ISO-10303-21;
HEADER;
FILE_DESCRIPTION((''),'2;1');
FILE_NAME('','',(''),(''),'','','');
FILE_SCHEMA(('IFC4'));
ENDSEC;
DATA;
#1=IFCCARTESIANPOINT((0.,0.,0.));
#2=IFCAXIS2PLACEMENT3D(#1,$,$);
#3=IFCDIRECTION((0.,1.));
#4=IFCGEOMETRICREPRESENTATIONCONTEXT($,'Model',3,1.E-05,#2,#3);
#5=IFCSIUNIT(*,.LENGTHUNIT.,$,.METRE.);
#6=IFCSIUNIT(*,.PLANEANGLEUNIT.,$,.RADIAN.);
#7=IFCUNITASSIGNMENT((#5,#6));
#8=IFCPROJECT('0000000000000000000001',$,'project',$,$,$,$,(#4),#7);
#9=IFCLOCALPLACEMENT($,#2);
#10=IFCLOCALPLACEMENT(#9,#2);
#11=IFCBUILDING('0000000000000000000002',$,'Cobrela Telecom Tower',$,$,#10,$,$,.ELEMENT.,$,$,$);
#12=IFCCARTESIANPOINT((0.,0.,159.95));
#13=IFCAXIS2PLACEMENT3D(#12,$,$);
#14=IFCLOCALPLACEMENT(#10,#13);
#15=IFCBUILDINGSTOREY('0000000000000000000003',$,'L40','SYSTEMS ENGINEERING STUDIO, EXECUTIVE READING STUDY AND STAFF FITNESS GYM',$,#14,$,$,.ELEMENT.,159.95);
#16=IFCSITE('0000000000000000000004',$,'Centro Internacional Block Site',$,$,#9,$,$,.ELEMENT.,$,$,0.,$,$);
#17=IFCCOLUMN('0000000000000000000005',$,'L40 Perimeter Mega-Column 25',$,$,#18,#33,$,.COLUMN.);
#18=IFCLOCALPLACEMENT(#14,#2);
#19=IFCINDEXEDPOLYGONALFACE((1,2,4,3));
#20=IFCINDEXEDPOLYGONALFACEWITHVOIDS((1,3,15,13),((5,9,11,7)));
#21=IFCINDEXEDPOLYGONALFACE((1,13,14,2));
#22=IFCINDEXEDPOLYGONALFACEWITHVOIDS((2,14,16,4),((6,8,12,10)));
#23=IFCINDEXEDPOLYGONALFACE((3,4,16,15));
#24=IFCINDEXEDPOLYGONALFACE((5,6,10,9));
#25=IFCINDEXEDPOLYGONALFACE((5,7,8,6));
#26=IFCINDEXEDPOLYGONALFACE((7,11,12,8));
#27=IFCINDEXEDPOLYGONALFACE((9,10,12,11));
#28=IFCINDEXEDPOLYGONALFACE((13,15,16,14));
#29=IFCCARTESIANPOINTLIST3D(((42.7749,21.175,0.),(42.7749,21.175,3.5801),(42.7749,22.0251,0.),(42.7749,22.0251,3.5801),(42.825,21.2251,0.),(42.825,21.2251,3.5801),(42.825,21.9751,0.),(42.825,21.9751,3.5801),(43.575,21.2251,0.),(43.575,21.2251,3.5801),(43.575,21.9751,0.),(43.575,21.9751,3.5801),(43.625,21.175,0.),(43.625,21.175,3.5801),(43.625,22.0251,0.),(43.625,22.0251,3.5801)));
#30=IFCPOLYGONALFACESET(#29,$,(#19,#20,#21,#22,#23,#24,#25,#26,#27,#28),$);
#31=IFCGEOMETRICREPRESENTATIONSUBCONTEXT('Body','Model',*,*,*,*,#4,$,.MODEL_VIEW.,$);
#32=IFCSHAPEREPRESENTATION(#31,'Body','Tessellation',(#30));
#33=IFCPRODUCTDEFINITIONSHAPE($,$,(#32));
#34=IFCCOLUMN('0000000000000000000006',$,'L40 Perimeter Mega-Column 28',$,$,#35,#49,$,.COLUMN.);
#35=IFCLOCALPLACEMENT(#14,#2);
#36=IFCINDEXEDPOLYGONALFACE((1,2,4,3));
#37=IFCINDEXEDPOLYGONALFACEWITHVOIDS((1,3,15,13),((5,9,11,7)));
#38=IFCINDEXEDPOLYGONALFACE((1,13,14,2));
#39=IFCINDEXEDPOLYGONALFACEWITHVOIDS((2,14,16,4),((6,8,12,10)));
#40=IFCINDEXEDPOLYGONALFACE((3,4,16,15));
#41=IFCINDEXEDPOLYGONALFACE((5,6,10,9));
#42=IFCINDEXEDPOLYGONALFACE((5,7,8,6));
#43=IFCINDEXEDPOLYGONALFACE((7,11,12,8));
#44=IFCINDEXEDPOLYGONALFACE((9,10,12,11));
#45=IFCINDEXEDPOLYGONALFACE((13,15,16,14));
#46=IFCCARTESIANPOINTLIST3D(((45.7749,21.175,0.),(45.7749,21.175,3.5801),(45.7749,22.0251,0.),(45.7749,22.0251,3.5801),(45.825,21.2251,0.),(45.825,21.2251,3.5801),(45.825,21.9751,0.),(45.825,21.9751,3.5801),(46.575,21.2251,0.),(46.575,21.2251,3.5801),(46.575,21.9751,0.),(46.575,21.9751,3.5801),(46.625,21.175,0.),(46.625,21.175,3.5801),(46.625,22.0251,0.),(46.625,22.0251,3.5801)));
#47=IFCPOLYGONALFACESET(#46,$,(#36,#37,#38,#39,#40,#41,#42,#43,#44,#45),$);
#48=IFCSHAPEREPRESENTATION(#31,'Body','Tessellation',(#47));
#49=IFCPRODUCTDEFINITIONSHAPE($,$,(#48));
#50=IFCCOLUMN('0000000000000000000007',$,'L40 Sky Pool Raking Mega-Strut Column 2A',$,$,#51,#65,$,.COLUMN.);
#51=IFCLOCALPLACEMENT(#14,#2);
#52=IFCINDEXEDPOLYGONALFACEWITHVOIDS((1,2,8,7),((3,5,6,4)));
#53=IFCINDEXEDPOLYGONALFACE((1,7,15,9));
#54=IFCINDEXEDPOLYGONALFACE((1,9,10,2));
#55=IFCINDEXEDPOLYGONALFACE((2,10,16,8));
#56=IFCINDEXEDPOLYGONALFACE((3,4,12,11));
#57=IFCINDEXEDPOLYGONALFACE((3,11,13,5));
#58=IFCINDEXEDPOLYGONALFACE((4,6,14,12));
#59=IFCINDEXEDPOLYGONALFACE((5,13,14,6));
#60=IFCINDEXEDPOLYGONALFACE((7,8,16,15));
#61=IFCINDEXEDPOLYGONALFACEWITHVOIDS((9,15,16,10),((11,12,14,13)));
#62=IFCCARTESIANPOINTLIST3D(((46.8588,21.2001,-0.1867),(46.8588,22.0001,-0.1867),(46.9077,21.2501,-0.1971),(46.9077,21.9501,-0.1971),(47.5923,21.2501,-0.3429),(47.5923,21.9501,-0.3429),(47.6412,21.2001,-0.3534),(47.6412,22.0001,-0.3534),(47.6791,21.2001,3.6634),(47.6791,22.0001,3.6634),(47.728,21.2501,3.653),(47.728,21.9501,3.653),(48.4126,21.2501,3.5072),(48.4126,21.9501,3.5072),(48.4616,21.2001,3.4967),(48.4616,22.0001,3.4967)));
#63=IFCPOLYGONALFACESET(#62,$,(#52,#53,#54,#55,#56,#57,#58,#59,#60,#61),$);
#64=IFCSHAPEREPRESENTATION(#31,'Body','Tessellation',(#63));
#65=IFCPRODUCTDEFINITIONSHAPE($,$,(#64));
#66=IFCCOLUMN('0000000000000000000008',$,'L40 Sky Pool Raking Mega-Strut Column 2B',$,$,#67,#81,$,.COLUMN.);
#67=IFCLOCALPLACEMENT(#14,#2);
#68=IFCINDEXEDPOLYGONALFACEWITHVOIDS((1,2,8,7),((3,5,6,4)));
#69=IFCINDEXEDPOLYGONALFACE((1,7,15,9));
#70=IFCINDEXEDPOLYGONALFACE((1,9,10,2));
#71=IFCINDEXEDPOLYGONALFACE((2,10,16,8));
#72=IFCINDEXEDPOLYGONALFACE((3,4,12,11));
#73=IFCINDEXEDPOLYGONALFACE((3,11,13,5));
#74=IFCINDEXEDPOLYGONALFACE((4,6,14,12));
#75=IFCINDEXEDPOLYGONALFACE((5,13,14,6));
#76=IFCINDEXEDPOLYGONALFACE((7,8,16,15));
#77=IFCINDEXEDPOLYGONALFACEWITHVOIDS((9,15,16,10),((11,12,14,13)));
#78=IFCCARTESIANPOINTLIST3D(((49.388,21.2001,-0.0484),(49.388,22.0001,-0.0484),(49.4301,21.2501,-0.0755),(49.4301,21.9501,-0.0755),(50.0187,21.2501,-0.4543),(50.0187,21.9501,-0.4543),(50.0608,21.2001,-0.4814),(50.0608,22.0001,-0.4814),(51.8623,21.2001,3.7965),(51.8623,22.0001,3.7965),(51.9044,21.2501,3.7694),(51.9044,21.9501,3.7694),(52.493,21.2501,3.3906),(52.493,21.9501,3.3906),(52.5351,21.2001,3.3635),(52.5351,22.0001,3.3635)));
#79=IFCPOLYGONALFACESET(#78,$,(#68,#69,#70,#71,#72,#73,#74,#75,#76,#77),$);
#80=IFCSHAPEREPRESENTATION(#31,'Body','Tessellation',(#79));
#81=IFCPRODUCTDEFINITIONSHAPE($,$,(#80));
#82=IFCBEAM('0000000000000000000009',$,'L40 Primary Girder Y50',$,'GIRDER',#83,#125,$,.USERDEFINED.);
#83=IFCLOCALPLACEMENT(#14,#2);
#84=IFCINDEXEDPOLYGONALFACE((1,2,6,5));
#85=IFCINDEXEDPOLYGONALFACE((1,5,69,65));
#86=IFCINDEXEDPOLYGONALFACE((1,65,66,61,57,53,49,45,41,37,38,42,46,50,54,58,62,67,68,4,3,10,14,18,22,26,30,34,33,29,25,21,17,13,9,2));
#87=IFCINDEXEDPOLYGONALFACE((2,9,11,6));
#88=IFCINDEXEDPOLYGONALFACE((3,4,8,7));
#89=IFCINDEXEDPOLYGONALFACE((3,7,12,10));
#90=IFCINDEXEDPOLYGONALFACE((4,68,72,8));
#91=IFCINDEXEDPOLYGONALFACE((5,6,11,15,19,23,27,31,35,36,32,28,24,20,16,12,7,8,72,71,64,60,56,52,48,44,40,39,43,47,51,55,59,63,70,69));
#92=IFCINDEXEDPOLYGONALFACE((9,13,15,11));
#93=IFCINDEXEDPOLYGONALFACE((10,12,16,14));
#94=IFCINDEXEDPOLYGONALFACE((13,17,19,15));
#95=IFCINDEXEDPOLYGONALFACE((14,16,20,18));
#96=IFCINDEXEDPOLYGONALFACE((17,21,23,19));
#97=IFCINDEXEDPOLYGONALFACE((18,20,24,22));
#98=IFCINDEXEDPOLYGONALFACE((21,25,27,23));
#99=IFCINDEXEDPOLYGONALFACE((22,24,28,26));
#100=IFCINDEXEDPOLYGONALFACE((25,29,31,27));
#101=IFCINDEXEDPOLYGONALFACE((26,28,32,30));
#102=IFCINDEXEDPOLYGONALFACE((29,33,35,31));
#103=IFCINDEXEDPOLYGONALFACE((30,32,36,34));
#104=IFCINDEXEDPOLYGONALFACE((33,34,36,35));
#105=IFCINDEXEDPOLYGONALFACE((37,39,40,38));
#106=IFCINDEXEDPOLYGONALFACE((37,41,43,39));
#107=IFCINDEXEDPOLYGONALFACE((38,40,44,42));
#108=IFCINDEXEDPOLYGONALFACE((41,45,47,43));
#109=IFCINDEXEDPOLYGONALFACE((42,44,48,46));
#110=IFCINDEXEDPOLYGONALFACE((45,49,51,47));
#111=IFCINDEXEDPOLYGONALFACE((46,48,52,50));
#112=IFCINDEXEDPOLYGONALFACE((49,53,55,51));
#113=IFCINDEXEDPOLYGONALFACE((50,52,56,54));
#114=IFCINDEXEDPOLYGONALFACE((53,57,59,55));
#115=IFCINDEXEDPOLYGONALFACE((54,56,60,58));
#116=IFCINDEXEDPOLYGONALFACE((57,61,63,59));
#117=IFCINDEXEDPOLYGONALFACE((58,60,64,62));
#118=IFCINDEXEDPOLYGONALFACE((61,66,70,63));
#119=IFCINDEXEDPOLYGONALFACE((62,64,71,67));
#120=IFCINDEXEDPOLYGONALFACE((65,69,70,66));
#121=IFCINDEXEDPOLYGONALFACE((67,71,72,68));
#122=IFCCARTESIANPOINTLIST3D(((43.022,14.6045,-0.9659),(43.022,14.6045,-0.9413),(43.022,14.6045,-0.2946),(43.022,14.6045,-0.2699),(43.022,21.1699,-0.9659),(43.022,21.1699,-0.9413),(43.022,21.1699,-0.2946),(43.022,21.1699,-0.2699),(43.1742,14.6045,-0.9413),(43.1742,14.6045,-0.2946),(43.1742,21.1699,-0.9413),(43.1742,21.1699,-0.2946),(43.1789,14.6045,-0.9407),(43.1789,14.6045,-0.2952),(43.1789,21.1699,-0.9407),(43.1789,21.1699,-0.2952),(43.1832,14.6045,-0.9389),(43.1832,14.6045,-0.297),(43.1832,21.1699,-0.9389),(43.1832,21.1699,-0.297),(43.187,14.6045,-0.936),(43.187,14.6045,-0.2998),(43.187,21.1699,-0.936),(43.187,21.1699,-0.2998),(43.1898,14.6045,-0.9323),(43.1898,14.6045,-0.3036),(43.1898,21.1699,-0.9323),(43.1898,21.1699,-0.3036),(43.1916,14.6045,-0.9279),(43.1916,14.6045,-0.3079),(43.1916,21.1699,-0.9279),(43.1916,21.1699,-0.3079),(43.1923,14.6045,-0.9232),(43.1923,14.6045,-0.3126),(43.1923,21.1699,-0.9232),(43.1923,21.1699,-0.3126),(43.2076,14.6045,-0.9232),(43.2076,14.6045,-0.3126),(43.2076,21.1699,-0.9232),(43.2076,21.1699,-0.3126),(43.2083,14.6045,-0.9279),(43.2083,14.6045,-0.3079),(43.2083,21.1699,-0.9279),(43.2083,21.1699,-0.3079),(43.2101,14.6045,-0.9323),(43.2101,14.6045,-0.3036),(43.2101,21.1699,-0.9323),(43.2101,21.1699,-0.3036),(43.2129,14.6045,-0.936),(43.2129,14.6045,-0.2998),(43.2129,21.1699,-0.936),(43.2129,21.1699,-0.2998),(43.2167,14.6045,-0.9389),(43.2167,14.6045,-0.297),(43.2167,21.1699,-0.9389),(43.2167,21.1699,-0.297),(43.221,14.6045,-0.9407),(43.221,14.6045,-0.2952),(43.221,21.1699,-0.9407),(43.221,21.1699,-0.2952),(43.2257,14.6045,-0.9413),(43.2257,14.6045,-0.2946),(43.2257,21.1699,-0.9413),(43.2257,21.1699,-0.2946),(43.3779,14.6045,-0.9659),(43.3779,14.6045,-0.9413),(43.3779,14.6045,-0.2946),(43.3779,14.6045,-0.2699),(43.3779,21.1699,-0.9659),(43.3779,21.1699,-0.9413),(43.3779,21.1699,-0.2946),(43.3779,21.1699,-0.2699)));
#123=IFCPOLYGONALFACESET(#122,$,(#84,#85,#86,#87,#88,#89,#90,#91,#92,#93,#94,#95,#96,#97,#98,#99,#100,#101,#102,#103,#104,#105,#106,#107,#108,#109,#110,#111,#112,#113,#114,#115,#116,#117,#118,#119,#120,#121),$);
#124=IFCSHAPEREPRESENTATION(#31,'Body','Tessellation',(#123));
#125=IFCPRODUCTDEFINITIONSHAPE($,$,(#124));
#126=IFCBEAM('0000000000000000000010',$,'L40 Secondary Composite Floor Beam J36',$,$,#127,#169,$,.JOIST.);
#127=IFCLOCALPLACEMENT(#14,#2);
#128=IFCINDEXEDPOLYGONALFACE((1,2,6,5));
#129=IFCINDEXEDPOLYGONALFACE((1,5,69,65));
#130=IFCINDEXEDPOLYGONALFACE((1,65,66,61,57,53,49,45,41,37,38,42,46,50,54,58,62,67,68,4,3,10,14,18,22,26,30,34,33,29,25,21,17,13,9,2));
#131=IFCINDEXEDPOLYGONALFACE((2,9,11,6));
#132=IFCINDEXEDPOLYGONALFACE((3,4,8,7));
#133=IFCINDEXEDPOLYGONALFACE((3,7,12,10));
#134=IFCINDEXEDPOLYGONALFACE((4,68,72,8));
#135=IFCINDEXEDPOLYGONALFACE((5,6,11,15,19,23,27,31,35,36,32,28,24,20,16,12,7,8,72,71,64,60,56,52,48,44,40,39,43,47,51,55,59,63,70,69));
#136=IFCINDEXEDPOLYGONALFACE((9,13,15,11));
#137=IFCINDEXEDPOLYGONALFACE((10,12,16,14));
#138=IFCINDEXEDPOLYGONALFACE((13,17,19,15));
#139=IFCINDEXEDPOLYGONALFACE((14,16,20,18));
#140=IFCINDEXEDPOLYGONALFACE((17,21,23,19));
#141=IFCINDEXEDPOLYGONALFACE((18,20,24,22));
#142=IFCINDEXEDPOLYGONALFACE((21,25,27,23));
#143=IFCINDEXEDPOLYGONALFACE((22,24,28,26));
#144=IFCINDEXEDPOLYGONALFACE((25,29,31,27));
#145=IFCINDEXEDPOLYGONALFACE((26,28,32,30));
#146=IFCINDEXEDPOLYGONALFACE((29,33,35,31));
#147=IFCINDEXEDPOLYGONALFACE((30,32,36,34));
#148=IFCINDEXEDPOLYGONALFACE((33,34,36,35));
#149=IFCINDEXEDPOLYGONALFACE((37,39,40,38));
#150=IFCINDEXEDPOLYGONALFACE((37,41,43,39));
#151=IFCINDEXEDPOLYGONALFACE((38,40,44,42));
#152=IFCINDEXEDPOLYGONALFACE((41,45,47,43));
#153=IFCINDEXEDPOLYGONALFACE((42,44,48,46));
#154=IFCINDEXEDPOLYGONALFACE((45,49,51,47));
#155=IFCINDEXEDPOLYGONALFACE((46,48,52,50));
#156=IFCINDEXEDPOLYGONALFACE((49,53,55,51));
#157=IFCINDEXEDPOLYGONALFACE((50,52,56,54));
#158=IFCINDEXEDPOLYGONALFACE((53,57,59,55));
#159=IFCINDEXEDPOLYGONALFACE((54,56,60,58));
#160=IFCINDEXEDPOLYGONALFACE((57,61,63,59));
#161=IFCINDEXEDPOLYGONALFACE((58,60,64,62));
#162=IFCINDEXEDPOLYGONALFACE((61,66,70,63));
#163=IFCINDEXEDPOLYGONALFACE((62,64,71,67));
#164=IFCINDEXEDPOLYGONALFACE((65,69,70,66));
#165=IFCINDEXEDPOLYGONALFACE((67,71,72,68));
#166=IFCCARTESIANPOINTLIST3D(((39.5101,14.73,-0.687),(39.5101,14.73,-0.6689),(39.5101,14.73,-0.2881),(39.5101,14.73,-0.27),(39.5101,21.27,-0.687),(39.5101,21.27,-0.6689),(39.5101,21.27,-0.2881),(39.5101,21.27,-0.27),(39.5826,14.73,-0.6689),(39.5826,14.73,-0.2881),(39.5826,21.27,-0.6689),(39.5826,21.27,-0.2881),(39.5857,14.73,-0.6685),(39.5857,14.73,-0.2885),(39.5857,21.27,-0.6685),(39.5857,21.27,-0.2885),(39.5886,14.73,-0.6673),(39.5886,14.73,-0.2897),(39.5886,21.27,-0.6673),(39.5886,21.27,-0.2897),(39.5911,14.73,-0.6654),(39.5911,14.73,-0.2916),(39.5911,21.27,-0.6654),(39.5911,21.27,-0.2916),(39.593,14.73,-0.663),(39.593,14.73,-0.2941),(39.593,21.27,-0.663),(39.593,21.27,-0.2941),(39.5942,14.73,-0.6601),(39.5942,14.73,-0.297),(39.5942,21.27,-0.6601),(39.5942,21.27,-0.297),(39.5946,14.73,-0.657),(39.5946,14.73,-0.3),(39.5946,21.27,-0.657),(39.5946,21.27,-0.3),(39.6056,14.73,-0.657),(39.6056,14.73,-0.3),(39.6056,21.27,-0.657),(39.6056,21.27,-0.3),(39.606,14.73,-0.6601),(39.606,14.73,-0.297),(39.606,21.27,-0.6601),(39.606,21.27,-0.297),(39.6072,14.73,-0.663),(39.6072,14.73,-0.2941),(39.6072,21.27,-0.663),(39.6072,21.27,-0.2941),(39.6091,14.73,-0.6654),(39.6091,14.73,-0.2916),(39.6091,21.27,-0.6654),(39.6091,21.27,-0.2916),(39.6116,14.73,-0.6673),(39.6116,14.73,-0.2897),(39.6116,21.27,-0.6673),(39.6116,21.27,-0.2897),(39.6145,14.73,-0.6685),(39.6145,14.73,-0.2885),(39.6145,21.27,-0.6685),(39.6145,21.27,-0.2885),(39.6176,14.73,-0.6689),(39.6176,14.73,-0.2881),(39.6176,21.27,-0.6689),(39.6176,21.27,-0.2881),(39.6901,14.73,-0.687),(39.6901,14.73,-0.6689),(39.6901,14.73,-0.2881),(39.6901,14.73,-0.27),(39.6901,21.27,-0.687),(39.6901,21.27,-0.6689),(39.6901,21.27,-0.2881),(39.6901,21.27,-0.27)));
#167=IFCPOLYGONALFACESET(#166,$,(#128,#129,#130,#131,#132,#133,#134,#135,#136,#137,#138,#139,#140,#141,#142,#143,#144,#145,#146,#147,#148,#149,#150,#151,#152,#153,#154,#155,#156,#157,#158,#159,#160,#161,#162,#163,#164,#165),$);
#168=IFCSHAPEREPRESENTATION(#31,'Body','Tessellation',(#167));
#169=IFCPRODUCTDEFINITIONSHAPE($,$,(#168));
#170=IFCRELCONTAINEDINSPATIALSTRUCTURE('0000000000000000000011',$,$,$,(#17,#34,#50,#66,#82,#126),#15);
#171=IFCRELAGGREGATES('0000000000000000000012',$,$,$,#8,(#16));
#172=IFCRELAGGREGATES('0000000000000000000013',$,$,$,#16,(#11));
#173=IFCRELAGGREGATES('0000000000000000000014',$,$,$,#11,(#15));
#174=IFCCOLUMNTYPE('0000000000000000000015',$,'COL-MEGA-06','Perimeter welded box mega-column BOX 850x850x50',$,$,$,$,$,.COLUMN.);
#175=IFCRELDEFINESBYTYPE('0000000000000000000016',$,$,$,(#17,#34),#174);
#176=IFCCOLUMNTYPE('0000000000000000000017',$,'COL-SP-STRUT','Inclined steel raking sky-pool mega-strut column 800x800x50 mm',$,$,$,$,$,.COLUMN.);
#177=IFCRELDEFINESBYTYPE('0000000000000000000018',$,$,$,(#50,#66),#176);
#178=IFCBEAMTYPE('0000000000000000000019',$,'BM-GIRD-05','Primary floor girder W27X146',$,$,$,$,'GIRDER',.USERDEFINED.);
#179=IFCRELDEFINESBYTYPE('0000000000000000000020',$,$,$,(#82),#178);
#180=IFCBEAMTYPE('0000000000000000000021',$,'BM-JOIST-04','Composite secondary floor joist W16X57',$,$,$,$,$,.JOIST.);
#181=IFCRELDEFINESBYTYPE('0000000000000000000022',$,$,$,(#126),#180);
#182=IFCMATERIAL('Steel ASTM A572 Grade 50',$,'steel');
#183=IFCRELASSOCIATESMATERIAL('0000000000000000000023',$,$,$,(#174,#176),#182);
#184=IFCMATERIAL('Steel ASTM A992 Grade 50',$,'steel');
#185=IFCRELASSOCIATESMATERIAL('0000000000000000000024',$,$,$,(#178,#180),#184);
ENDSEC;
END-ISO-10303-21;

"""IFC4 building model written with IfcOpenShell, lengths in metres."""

from ifc_helpers import new_model, si_unit, direction, frame, origin, origin_2d, place, context, subcontext, project, spatial, hollow_rectangle, i_section, extrude, material, material_profile, profile_set, type_object, element, save


model = new_model("IFC4")

# Units and contexts
model_context = context("Model", 3, precision=1e-05, world=origin(), true_north=direction((0.0, 1.0)))
body_context = subcontext(model_context, "Body", "Model", "MODEL_VIEW")
ifc_project = project(units=[si_unit("LENGTHUNIT", "METRE"), si_unit("PLANEANGLEUNIT", "RADIAN")], contexts=[model_context])

# Site, building, storey
site_placement = place(None, origin())
site = spatial("IfcSite", under=ifc_project, at=site_placement, Name="Centro Internacional Block Site", CompositionType="ELEMENT", RefElevation=0.0)
building_placement = place(site_placement, origin())
building = spatial("IfcBuilding", under=site, at=building_placement, Name="Cobrela Telecom Tower", CompositionType="ELEMENT")
storey_placement = place(building_placement, frame((0.0, 0.0, 159.95)))
storey = spatial("IfcBuildingStorey", under=building, at=storey_placement, Name="L40", Description="SYSTEMS ENGINEERING STUDIO, EXECUTIVE READING STUDY AND STAFF FITNESS GYM", CompositionType="ELEMENT", Elevation=159.95)

# Columns
ifc_material_1 = material(Name="Steel ASTM A572 Grade 50", Category="steel")
ifc_material_profile_1 = material_profile(ifc_material_1, hollow_rectangle(XDim=0.8501, YDim=0.8501, WallThickness=0.05, at=origin_2d()), Name="BOX 850x850x50")
ifc_profile_set_1 = profile_set([ifc_material_profile_1], Name="Steel ASTM A572 Grade 50")
column_type_1 = type_object("IfcColumnType", Name="COL-MEGA-06", Description="Perimeter welded box mega-column BOX 850x850x50", PredefinedType="COLUMN", material=ifc_profile_set_1)
for number, where, z_axis, x_axis, name in (
    (1, (43.2, 21.6001, 0.0), (0.0, 0.0, 1.0), (1.0, 0.0, 0.0), "L40 Perimeter Mega-Column 25"),
    (2, (46.2, 21.6001, 0.0), (0.0, 0.0, 1.0), (1.0, 0.0, 0.0), "L40 Perimeter Mega-Column 28"),
):
    element("IfcColumn", number, at=place(storey_placement, frame(where, z_axis=z_axis, x_axis=x_axis)), inside=storey, type_object=column_type_1, Name=name, PredefinedType="COLUMN", context=body_context, shape_type="SweptSolid", body=[
        extrude(hollow_rectangle(XDim=0.8501, YDim=0.8501, WallThickness=0.05, at=origin_2d()), origin(), (0.0, 0.0, 1.0), 3.5801),
    ])
ifc_material_profile_2 = material_profile(ifc_material_1, hollow_rectangle(XDim=0.8, YDim=0.8, WallThickness=0.05, at=origin_2d()), Name="BOX 800x800x50")
ifc_profile_set_2 = profile_set([ifc_material_profile_2], Name="Steel ASTM A572 Grade 50")
column_type_2 = type_object("IfcColumnType", Name="COL-SP-STRUT", Description="Inclined steel raking sky-pool mega-strut column 800x800x50 mm", PredefinedType="COLUMN", material=ifc_profile_set_2)
column_1_placement = place(storey_placement, frame((47.25, 21.6001, -0.27), z_axis=(0.208385, 0.0, 0.978047), x_axis=(0.0, 1.0, 0.0)))
element("IfcColumn", 3, at=column_1_placement, inside=storey, type_object=column_type_2, Name="L40 Sky Pool Raking Mega-Strut Column 2A", PredefinedType="COLUMN", context=body_context, shape_type="SweptSolid", body=[
    extrude(hollow_rectangle(XDim=0.8, YDim=0.8, WallThickness=0.05, at=origin_2d()), origin(), (0.0, 0.0, 1.0), 3.9365),
])
column_2_placement = place(storey_placement, frame((49.7244, 21.6001, -0.2649), z_axis=(0.54116, 0.0, 0.84092), x_axis=(0.0, 1.0, 0.0)))
element("IfcColumn", 4, at=column_2_placement, inside=storey, type_object=column_type_2, Name="L40 Sky Pool Raking Mega-Strut Column 2B", PredefinedType="COLUMN", context=body_context, shape_type="SweptSolid", body=[
    extrude(hollow_rectangle(XDim=0.8, YDim=0.8, WallThickness=0.05, at=origin_2d()), origin(), (0.0, 0.0, 1.0), 4.5723),
])

# Beams
ifc_material_2 = material(Name="Steel ASTM A992 Grade 50", Category="steel")
ifc_material_profile_3 = material_profile(ifc_material_2, i_section(OverallWidth=0.356, OverallDepth=0.696, WebThickness=0.0154, FlangeThickness=0.0247, FilletRadius=0.0181, at=origin_2d()), Name="W27X146")
ifc_profile_set_3 = profile_set([ifc_material_profile_3], Name="Steel ASTM A992 Grade 50")
beam_type_1 = type_object("IfcBeamType", Name="BM-GIRD-05", Description="Primary floor girder W27X146", ElementType="GIRDER", PredefinedType="USERDEFINED", material=ifc_profile_set_3)
beam_1_placement = place(storey_placement, frame((43.2, 14.6045, -0.6179), z_axis=(0.0, 1.0, 0.0), x_axis=(-1.0, 0.0, 0.0)))
element("IfcBeam", 5, at=beam_1_placement, inside=storey, type_object=beam_type_1, Name="L40 Primary Girder Y50", ObjectType="GIRDER", PredefinedType="USERDEFINED", context=body_context, shape_type="SweptSolid", body=[
    extrude(i_section(OverallWidth=0.356, OverallDepth=0.696, WebThickness=0.0154, FlangeThickness=0.0247, FilletRadius=0.0181, at=origin_2d()), origin(), (0.0, 0.0, 1.0), 6.5654),
])
ifc_material_profile_4 = material_profile(ifc_material_2, i_section(OverallWidth=0.1799, OverallDepth=0.417, WebThickness=0.011, FlangeThickness=0.0181, FilletRadius=0.012, at=origin_2d()), Name="W16X57")
ifc_profile_set_4 = profile_set([ifc_material_profile_4], Name="Steel ASTM A992 Grade 50")
beam_type_2 = type_object("IfcBeamType", Name="BM-JOIST-04", Description="Composite secondary floor joist W16X57", PredefinedType="JOIST", material=ifc_profile_set_4)
for number, where, z_axis, x_axis, name in (
    (6, (39.6001, 14.73, -0.4785), (0.0, 1.0, 0.0), (-1.0, 0.0, 0.0), "L40 Secondary Composite Floor Beam J36"),
):
    element("IfcBeam", number, at=place(storey_placement, frame(where, z_axis=z_axis, x_axis=x_axis)), inside=storey, type_object=beam_type_2, Name=name, PredefinedType="JOIST", context=body_context, shape_type="SweptSolid", body=[
        extrude(i_section(OverallWidth=0.1799, OverallDepth=0.417, WebThickness=0.011, FlangeThickness=0.0181, FilletRadius=0.012, at=origin_2d()), origin(), (0.0, 0.0, 1.0), 6.54),
    ])

save(model, "model.ifc")
